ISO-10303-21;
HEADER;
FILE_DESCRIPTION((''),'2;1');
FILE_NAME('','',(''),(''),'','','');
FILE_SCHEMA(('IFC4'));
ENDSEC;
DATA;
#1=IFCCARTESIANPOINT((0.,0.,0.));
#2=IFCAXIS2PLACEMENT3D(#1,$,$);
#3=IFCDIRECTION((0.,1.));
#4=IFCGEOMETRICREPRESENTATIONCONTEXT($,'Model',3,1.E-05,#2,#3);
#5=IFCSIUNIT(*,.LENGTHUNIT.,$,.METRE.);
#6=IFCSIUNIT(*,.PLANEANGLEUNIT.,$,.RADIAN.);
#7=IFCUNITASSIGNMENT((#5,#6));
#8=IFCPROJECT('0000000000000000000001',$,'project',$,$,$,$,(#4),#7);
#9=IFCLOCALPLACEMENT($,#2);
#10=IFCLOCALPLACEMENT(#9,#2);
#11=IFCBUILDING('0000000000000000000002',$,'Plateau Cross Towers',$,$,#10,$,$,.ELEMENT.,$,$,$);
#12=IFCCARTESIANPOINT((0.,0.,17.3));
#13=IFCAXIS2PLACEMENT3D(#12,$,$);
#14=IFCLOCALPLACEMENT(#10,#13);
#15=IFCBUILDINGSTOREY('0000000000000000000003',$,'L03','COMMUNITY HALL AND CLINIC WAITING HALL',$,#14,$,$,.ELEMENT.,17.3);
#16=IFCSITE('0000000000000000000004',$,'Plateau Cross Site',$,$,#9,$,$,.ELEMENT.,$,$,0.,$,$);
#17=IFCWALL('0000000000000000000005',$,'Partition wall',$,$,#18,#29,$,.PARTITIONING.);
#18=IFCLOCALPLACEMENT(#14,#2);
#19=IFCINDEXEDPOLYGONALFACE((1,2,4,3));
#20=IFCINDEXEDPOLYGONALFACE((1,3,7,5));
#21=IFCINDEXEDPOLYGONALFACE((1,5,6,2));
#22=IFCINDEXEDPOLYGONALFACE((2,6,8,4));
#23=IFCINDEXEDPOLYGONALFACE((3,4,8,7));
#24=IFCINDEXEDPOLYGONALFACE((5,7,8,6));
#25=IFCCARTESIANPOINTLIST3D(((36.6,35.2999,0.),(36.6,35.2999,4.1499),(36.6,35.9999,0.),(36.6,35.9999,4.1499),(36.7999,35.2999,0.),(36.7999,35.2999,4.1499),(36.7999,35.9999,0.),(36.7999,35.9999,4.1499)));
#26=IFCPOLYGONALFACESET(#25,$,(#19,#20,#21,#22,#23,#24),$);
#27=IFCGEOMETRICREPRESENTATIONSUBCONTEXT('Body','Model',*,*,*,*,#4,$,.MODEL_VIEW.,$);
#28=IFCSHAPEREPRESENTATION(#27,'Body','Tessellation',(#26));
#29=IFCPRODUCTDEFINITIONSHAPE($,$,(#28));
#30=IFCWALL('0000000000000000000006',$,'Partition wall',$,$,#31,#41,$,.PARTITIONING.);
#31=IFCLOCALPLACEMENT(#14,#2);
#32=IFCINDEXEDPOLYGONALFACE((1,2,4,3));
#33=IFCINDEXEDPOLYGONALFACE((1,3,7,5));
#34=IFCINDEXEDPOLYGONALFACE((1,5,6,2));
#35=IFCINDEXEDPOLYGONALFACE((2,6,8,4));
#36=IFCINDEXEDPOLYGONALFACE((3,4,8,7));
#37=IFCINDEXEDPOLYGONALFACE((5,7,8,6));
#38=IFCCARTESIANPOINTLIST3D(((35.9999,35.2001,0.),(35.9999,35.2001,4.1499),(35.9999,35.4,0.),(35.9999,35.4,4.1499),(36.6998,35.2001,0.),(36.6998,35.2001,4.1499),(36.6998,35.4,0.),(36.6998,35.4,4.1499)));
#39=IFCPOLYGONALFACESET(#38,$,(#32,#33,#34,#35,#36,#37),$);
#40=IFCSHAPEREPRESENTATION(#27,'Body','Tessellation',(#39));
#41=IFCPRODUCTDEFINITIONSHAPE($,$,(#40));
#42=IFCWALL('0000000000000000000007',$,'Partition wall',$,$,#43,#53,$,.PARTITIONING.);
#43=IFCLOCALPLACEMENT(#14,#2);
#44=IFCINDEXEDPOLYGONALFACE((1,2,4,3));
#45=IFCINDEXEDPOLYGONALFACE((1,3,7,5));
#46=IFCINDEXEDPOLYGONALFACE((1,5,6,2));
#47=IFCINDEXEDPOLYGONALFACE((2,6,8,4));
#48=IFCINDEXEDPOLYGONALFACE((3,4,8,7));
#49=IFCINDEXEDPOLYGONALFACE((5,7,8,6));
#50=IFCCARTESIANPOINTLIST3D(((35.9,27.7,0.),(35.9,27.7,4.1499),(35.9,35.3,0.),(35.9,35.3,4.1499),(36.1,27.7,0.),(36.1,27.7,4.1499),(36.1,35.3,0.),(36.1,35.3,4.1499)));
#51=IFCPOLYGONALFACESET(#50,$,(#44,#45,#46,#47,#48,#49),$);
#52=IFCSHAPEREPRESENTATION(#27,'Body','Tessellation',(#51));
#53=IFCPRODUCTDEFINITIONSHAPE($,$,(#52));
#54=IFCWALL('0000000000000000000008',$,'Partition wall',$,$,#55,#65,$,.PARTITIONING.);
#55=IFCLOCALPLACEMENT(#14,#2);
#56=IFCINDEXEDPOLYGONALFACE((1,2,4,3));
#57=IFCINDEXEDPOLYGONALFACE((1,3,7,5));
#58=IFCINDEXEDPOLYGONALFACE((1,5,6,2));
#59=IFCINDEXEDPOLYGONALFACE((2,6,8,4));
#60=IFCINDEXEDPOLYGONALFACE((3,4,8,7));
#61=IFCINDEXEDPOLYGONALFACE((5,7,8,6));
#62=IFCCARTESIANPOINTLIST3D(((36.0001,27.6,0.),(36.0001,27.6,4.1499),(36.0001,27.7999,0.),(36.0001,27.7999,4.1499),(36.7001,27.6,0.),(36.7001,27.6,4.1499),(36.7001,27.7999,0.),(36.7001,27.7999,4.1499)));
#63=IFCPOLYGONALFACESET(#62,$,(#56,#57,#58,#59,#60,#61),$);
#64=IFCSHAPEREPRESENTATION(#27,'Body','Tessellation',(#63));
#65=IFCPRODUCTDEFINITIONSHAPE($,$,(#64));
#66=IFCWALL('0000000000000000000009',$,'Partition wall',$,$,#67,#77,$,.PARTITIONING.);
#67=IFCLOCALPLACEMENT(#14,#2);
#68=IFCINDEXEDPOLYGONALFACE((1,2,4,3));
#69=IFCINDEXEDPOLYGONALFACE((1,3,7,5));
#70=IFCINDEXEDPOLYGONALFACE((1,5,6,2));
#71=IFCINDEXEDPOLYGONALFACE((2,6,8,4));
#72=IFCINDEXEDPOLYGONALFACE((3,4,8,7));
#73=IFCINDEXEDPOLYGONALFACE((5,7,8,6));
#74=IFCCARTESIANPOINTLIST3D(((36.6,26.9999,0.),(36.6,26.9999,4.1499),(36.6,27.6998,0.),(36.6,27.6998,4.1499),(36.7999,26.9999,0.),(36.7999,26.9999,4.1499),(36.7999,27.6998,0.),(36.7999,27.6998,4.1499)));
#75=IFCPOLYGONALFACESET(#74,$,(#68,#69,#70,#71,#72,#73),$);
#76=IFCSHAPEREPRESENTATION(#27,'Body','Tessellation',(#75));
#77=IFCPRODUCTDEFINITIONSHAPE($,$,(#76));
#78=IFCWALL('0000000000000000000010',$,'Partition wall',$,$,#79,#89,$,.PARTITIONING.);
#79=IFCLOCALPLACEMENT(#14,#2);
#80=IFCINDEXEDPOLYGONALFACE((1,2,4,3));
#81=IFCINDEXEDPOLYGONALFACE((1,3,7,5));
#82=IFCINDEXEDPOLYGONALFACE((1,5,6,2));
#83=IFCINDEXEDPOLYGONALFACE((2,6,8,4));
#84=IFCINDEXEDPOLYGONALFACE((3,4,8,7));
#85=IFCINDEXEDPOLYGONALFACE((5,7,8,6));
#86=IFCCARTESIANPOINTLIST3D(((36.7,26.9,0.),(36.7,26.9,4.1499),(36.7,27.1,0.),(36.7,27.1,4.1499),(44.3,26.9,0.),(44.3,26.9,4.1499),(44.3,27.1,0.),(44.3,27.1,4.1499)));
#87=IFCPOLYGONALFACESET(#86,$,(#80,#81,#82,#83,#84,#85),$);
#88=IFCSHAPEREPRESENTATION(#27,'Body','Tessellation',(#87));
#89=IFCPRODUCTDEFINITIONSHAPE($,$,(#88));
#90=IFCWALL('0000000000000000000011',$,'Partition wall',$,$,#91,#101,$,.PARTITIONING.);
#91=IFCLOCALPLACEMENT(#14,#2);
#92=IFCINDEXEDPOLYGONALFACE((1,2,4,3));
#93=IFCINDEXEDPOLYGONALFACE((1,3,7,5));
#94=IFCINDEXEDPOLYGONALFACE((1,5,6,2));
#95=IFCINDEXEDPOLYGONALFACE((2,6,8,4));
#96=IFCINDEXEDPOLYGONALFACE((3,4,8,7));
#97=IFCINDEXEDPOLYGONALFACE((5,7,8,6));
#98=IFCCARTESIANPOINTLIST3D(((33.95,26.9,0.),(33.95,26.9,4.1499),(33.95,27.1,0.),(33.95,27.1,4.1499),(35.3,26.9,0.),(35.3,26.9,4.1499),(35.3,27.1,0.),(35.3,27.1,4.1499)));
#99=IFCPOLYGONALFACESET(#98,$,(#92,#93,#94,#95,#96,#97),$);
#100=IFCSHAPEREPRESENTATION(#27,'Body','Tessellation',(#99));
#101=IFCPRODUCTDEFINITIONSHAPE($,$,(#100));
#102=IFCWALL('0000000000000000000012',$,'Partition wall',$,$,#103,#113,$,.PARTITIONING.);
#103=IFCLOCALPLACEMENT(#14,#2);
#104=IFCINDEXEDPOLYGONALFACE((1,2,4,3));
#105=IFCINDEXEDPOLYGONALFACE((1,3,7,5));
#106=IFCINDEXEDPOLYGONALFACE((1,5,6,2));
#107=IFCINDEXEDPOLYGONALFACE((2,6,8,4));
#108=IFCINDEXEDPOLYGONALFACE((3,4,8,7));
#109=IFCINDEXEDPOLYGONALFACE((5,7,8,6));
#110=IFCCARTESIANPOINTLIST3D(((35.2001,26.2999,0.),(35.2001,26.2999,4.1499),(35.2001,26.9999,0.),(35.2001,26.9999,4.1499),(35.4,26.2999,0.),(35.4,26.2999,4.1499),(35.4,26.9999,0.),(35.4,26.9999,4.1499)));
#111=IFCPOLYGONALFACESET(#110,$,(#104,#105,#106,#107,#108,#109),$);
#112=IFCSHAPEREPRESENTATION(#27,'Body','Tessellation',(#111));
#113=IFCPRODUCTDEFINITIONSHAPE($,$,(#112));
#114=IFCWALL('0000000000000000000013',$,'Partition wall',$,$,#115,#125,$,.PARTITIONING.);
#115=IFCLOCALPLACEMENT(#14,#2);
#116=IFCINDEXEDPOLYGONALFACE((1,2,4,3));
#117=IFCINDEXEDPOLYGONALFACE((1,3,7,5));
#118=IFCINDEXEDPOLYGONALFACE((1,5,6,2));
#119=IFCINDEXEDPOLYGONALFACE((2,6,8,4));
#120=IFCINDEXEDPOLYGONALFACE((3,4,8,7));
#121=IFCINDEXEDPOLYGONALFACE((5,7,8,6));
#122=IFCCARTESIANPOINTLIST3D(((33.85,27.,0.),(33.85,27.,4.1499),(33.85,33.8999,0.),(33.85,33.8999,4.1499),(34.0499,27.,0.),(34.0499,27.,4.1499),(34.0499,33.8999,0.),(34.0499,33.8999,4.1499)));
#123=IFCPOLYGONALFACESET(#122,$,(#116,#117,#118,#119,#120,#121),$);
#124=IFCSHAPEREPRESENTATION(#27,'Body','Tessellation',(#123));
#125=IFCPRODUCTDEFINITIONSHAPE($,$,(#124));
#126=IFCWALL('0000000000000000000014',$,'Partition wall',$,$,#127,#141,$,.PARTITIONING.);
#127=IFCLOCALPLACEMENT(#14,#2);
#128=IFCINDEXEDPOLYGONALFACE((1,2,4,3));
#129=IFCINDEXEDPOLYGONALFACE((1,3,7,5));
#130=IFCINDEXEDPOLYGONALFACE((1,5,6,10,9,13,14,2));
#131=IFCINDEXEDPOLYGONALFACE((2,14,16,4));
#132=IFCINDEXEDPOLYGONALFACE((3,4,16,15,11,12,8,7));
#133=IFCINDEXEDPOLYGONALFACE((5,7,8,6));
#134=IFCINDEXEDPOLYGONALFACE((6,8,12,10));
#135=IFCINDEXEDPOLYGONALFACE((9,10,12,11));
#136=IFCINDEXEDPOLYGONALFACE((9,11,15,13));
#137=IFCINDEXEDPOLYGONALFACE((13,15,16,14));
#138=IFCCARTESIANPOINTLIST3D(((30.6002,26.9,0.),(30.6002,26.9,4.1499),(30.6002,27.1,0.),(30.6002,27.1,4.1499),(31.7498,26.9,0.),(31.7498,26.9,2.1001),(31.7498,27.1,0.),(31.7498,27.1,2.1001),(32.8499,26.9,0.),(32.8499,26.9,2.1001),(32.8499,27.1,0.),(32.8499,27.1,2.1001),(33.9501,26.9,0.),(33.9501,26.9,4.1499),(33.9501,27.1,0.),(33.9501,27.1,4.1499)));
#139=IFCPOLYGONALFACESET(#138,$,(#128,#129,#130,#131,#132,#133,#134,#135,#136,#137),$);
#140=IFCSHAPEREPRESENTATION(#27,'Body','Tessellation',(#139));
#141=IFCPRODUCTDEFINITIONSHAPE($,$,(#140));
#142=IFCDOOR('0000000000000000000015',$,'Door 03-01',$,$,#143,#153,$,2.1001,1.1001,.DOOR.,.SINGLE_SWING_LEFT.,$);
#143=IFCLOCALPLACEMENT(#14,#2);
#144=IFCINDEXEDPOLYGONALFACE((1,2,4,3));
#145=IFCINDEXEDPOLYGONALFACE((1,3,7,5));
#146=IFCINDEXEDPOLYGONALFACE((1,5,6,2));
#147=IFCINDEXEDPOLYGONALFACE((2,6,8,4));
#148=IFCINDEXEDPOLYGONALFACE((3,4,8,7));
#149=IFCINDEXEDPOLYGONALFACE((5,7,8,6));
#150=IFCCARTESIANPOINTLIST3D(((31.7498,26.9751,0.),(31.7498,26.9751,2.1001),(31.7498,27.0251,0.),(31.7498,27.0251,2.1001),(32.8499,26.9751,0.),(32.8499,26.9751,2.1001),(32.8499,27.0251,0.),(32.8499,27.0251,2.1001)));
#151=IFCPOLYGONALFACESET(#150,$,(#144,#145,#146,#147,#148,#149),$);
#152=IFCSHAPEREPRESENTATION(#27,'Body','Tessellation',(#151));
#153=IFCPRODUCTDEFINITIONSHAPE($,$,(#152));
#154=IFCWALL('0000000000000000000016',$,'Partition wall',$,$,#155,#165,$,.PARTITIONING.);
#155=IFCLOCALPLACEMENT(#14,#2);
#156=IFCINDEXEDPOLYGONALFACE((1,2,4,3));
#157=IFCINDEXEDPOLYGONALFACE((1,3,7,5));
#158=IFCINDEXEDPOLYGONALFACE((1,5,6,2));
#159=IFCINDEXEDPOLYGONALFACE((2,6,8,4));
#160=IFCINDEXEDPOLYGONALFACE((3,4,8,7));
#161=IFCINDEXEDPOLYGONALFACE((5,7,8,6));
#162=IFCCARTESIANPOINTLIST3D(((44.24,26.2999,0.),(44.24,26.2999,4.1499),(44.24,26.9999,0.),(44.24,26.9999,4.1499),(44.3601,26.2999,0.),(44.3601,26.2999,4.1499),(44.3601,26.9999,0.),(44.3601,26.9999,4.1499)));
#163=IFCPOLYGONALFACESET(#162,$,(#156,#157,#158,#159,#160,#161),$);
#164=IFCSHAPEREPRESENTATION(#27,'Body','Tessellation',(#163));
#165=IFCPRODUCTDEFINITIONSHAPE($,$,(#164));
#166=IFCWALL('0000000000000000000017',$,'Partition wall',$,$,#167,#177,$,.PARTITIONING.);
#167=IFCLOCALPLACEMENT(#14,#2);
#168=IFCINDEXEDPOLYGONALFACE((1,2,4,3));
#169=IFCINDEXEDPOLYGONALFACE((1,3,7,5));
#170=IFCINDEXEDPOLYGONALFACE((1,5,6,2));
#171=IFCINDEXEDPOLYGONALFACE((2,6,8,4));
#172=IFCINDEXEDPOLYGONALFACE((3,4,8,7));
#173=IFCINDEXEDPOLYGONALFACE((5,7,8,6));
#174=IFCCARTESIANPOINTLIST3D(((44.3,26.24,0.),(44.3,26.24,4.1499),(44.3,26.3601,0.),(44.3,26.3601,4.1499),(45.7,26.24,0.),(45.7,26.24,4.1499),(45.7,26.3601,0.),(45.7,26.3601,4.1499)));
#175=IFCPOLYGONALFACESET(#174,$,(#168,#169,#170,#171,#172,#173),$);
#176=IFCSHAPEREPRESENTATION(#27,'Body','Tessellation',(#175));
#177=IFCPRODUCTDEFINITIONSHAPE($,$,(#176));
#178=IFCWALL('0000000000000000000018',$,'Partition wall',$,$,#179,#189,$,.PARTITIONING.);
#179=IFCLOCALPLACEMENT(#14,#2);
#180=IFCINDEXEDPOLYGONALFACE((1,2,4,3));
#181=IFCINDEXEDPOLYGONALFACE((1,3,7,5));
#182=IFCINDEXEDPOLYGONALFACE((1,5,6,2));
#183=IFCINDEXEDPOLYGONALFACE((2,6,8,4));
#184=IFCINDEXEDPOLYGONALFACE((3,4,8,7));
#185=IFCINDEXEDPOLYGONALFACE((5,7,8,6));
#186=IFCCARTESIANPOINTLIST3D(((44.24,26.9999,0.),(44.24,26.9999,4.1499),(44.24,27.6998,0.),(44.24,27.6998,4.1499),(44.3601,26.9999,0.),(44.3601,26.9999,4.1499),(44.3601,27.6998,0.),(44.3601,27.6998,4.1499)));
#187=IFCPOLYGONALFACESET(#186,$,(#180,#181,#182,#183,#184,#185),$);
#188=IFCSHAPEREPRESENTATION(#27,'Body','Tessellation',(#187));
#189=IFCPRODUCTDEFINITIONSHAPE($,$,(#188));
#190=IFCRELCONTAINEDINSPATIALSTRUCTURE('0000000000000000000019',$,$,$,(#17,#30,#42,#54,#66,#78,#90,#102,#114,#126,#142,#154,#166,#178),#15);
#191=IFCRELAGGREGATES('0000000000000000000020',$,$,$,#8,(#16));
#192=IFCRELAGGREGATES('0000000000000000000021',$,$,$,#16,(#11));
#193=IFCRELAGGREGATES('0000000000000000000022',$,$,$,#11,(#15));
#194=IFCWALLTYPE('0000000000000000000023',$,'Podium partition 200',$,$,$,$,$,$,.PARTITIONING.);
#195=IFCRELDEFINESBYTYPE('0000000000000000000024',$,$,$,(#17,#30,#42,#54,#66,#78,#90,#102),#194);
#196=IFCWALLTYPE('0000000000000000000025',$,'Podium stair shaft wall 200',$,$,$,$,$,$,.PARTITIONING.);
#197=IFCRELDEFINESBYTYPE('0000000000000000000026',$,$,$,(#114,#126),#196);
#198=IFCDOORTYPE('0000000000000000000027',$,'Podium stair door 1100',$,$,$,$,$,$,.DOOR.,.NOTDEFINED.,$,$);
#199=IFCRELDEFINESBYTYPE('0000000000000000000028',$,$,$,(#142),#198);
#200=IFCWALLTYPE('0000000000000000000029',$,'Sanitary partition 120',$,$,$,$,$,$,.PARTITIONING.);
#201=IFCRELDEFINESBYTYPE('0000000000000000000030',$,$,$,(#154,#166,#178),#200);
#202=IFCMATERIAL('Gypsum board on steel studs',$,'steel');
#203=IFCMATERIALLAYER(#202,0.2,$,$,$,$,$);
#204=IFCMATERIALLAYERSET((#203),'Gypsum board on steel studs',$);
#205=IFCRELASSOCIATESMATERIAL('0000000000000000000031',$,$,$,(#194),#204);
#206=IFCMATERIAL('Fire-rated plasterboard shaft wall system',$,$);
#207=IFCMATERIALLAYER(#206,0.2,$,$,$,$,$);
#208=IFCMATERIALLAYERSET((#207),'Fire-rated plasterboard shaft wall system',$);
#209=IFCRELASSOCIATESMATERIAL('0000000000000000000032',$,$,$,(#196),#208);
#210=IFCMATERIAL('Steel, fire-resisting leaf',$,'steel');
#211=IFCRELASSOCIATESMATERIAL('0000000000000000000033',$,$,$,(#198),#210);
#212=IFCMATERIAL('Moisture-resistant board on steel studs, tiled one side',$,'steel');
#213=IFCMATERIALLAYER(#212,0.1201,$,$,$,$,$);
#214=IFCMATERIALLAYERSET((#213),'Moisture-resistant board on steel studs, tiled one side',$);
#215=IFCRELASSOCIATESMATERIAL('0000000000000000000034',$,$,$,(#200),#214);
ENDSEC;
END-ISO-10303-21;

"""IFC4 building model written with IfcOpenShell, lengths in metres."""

from ifc_helpers import new_model, si_unit, direction, frame, frame_2d, origin, place, context, subcontext, project, spatial, rectangle, extrude, material, layer, layer_set, type_object, element, fill, save


model = new_model("IFC4")

# Units and contexts
model_context = context("Model", 3, precision=1e-05, world=origin(), true_north=direction((0.0, 1.0)))
body_context = subcontext(model_context, "Body", "Model", "MODEL_VIEW")
ifc_project = project(units=[si_unit("LENGTHUNIT", "METRE"), si_unit("PLANEANGLEUNIT", "RADIAN")], contexts=[model_context])

# Site, building, storey
site_placement = place(None, origin())
site = spatial("IfcSite", under=ifc_project, at=site_placement, Name="Plateau Cross Site", CompositionType="ELEMENT", RefElevation=0.0)
building_placement = place(site_placement, origin())
building = spatial("IfcBuilding", under=site, at=building_placement, Name="Plateau Cross Towers", CompositionType="ELEMENT")
storey_placement = place(building_placement, frame((0.0, 0.0, 17.3)))
storey = spatial("IfcBuildingStorey", under=building, at=storey_placement, Name="L03", Description="COMMUNITY HALL AND CLINIC WAITING HALL", CompositionType="ELEMENT", Elevation=17.3)

# Shared definitions
ifc_material_1 = material(Name="Gypsum board on steel studs", Category="steel")
ifc_layer_1 = layer(ifc_material_1, 0.2)
ifc_layer_set_1 = layer_set([ifc_layer_1], Name="Gypsum board on steel studs")
wall_type_1 = type_object("IfcWallType", Name="Podium partition 200", PredefinedType="PARTITIONING", material=ifc_layer_set_1)

# Walls
for number, where, z_axis, x_axis, name in (
    (1, (36.7, 36.0, 0.0), (0.0, 0.0, 1.0), (0.0, -1.0, 0.0), "Partition wall"),
    (2, (36.7, 35.3, 0.0), (0.0, 0.0, 1.0), (-1.0, 0.0, 0.0), "Partition wall"),
):
    element("IfcWall", number, at=place(storey_placement, frame(where, z_axis=z_axis, x_axis=x_axis)), inside=storey, type_object=wall_type_1, Name=name, PredefinedType="PARTITIONING", context=body_context, shape_type="SweptSolid", body=[
        extrude(rectangle(XDim=0.7, YDim=0.2, at=frame_2d((0.3501, 0.0))), origin(), (0.0, 0.0, 1.0), 4.1499),
    ])
wall_1_placement = place(storey_placement, frame((36.0, 35.3, 0.0), z_axis=(0.0, 0.0, 1.0), x_axis=(0.0, -1.0, 0.0)))
element("IfcWall", 3, at=wall_1_placement, inside=storey, type_object=wall_type_1, Name="Partition wall", PredefinedType="PARTITIONING", context=body_context, shape_type="SweptSolid", body=[
    extrude(rectangle(XDim=7.6001, YDim=0.2, at=frame_2d((3.8, 0.0))), origin(), (0.0, 0.0, 1.0), 4.1499),
])
for number, where, z_axis, x_axis, name in (
    (4, (36.0, 27.7, 0.0), (0.0, 0.0, 1.0), (1.0, 0.0, 0.0), "Partition wall"),
    (5, (36.7, 27.7, 0.0), (0.0, 0.0, 1.0), (0.0, -1.0, 0.0), "Partition wall"),
):
    element("IfcWall", number, at=place(storey_placement, frame(where, z_axis=z_axis, x_axis=x_axis)), inside=storey, type_object=wall_type_1, Name=name, PredefinedType="PARTITIONING", context=body_context, shape_type="SweptSolid", body=[
        extrude(rectangle(XDim=0.7, YDim=0.2, at=frame_2d((0.3501, 0.0))), origin(), (0.0, 0.0, 1.0), 4.1499),
    ])
wall_2_placement = place(storey_placement, frame((36.7, 27.0, 0.0), z_axis=(0.0, 0.0, 1.0), x_axis=(1.0, 0.0, 0.0)))
element("IfcWall", 6, at=wall_2_placement, inside=storey, type_object=wall_type_1, Name="Partition wall", PredefinedType="PARTITIONING", context=body_context, shape_type="SweptSolid", body=[
    extrude(rectangle(XDim=7.6001, YDim=0.2, at=frame_2d((3.8, 0.0))), origin(), (0.0, 0.0, 1.0), 4.1499),
])
wall_3_placement = place(storey_placement, frame((33.95, 27.0, 0.0), z_axis=(0.0, 0.0, 1.0), x_axis=(1.0, 0.0, 0.0)))
element("IfcWall", 7, at=wall_3_placement, inside=storey, type_object=wall_type_1, Name="Partition wall", PredefinedType="PARTITIONING", context=body_context, shape_type="SweptSolid", body=[
    extrude(rectangle(XDim=1.3501, YDim=0.2, at=frame_2d((0.675, 0.0))), origin(), (0.0, 0.0, 1.0), 4.1499),
])
wall_4_placement = place(storey_placement, frame((35.3, 27.0, 0.0), z_axis=(0.0, 0.0, 1.0), x_axis=(0.0, -1.0, 0.0)))
element("IfcWall", 8, at=wall_4_placement, inside=storey, type_object=wall_type_1, Name="Partition wall", PredefinedType="PARTITIONING", context=body_context, shape_type="SweptSolid", body=[
    extrude(rectangle(XDim=0.7, YDim=0.2, at=frame_2d((0.3501, 0.0))), origin(), (0.0, 0.0, 1.0), 4.1499),
])
ifc_material_2 = material(Name="Fire-rated plasterboard shaft wall system")
ifc_layer_2 = layer(ifc_material_2, 0.2)
ifc_layer_set_2 = layer_set([ifc_layer_2], Name="Fire-rated plasterboard shaft wall system")
wall_type_2 = type_object("IfcWallType", Name="Podium stair shaft wall 200", PredefinedType="PARTITIONING", material=ifc_layer_set_2)
wall_5_placement = place(storey_placement, frame((33.95, 33.8999, 0.0), z_axis=(0.0, 0.0, 1.0), x_axis=(0.0, -1.0, 0.0)))
element("IfcWall", 9, at=wall_5_placement, inside=storey, type_object=wall_type_2, Name="Partition wall", PredefinedType="PARTITIONING", context=body_context, shape_type="SweptSolid", body=[
    extrude(rectangle(XDim=6.8999, YDim=0.2, at=frame_2d((3.45, 0.0))), origin(), (0.0, 0.0, 1.0), 4.1499),
])

# Wall, opening, door
wall_6_placement = place(storey_placement, frame((33.95, 27.0, 0.0), z_axis=(0.0, 0.0, 1.0), x_axis=(-1.0, 0.0, 0.0)))
wall_6 = element("IfcWall", 10, at=wall_6_placement, inside=storey, type_object=wall_type_2, Name="Partition wall", PredefinedType="PARTITIONING", context=body_context, shape_type="SweptSolid", body=[
    extrude(rectangle(XDim=3.3499, YDim=0.2, at=frame_2d((1.6748, 0.0))), origin(), (0.0, 0.0, 1.0), 4.1499),
])
opening_1_placement = place(wall_6_placement, frame((1.1001, 0.0, 0.0)))
opening_1 = element("IfcOpeningElement", 11, at=opening_1_placement, cuts=wall_6, PredefinedType="OPENING", context=body_context, shape_type="SweptSolid", body=[
    extrude(rectangle(XDim=1.1001, YDim=2.1001, at=frame_2d((0.55, 1.05))), frame((0.0, 0.1099, 0.0), z_axis=(0.0, -1.0, 0.0), x_axis=(1.0, 0.0, 0.0)), (0.0, 0.0, 1.0), 0.22),
])
ifc_material_3 = material(Name="Steel, fire-resisting leaf", Category="steel")
door_type_1 = type_object("IfcDoorType", Name="Podium stair door 1100", OperationType="NOTDEFINED", PredefinedType="DOOR", material=ifc_material_3)
door_1_placement = place(opening_1_placement, origin())
door_1 = element("IfcDoor", 12, at=door_1_placement, inside=storey, type_object=door_type_1, Name="Door 03-01", OperationType="SINGLE_SWING_LEFT", OverallHeight=2.1001, OverallWidth=1.1001, PredefinedType="DOOR", context=body_context, shape_type="SweptSolid", body=[
    extrude(rectangle(XDim=1.1001, YDim=2.1001, at=frame_2d((0.55, 1.05))), frame((0.0, 0.0249, 0.0), z_axis=(0.0, -1.0, 0.0), x_axis=(1.0, 0.0, 0.0)), (0.0, 0.0, 1.0), 0.05),
])
fill(opening_1, door_1)

# Walls
ifc_material_4 = material(Name="Moisture-resistant board on steel studs, tiled one side", Category="steel")
ifc_layer_3 = layer(ifc_material_4, 0.1201)
ifc_layer_set_3 = layer_set([ifc_layer_3], Name="Moisture-resistant board on steel studs, tiled one side")
wall_type_3 = type_object("IfcWallType", Name="Sanitary partition 120", PredefinedType="PARTITIONING", material=ifc_layer_set_3)
wall_7_placement = place(storey_placement, frame((44.3, 27.0, 0.0), z_axis=(0.0, 0.0, 1.0), x_axis=(0.0, -1.0, 0.0)))
element("IfcWall", 13, at=wall_7_placement, inside=storey, type_object=wall_type_3, Name="Partition wall", PredefinedType="PARTITIONING", context=body_context, shape_type="SweptSolid", body=[
    extrude(rectangle(XDim=0.7, YDim=0.1201, at=frame_2d((0.3501, 0.0))), origin(), (0.0, 0.0, 1.0), 4.1499),
])
wall_8_placement = place(storey_placement, frame((44.3, 26.3, 0.0), z_axis=(0.0, 0.0, 1.0), x_axis=(1.0, 0.0, 0.0)))
element("IfcWall", 14, at=wall_8_placement, inside=storey, type_object=wall_type_3, Name="Partition wall", PredefinedType="PARTITIONING", context=body_context, shape_type="SweptSolid", body=[
    extrude(rectangle(XDim=1.3999, YDim=0.1201, at=frame_2d((0.7, 0.0))), origin(), (0.0, 0.0, 1.0), 4.1499),
])
wall_9_placement = place(storey_placement, frame((44.3, 27.7, 0.0), z_axis=(0.0, 0.0, 1.0), x_axis=(0.0, -1.0, 0.0)))
element("IfcWall", 15, at=wall_9_placement, inside=storey, type_object=wall_type_3, Name="Partition wall", PredefinedType="PARTITIONING", context=body_context, shape_type="SweptSolid", body=[
    extrude(rectangle(XDim=0.7, YDim=0.1201, at=frame_2d((0.3501, 0.0))), origin(), (0.0, 0.0, 1.0), 4.1499),
])

save(model, "model.ifc")
